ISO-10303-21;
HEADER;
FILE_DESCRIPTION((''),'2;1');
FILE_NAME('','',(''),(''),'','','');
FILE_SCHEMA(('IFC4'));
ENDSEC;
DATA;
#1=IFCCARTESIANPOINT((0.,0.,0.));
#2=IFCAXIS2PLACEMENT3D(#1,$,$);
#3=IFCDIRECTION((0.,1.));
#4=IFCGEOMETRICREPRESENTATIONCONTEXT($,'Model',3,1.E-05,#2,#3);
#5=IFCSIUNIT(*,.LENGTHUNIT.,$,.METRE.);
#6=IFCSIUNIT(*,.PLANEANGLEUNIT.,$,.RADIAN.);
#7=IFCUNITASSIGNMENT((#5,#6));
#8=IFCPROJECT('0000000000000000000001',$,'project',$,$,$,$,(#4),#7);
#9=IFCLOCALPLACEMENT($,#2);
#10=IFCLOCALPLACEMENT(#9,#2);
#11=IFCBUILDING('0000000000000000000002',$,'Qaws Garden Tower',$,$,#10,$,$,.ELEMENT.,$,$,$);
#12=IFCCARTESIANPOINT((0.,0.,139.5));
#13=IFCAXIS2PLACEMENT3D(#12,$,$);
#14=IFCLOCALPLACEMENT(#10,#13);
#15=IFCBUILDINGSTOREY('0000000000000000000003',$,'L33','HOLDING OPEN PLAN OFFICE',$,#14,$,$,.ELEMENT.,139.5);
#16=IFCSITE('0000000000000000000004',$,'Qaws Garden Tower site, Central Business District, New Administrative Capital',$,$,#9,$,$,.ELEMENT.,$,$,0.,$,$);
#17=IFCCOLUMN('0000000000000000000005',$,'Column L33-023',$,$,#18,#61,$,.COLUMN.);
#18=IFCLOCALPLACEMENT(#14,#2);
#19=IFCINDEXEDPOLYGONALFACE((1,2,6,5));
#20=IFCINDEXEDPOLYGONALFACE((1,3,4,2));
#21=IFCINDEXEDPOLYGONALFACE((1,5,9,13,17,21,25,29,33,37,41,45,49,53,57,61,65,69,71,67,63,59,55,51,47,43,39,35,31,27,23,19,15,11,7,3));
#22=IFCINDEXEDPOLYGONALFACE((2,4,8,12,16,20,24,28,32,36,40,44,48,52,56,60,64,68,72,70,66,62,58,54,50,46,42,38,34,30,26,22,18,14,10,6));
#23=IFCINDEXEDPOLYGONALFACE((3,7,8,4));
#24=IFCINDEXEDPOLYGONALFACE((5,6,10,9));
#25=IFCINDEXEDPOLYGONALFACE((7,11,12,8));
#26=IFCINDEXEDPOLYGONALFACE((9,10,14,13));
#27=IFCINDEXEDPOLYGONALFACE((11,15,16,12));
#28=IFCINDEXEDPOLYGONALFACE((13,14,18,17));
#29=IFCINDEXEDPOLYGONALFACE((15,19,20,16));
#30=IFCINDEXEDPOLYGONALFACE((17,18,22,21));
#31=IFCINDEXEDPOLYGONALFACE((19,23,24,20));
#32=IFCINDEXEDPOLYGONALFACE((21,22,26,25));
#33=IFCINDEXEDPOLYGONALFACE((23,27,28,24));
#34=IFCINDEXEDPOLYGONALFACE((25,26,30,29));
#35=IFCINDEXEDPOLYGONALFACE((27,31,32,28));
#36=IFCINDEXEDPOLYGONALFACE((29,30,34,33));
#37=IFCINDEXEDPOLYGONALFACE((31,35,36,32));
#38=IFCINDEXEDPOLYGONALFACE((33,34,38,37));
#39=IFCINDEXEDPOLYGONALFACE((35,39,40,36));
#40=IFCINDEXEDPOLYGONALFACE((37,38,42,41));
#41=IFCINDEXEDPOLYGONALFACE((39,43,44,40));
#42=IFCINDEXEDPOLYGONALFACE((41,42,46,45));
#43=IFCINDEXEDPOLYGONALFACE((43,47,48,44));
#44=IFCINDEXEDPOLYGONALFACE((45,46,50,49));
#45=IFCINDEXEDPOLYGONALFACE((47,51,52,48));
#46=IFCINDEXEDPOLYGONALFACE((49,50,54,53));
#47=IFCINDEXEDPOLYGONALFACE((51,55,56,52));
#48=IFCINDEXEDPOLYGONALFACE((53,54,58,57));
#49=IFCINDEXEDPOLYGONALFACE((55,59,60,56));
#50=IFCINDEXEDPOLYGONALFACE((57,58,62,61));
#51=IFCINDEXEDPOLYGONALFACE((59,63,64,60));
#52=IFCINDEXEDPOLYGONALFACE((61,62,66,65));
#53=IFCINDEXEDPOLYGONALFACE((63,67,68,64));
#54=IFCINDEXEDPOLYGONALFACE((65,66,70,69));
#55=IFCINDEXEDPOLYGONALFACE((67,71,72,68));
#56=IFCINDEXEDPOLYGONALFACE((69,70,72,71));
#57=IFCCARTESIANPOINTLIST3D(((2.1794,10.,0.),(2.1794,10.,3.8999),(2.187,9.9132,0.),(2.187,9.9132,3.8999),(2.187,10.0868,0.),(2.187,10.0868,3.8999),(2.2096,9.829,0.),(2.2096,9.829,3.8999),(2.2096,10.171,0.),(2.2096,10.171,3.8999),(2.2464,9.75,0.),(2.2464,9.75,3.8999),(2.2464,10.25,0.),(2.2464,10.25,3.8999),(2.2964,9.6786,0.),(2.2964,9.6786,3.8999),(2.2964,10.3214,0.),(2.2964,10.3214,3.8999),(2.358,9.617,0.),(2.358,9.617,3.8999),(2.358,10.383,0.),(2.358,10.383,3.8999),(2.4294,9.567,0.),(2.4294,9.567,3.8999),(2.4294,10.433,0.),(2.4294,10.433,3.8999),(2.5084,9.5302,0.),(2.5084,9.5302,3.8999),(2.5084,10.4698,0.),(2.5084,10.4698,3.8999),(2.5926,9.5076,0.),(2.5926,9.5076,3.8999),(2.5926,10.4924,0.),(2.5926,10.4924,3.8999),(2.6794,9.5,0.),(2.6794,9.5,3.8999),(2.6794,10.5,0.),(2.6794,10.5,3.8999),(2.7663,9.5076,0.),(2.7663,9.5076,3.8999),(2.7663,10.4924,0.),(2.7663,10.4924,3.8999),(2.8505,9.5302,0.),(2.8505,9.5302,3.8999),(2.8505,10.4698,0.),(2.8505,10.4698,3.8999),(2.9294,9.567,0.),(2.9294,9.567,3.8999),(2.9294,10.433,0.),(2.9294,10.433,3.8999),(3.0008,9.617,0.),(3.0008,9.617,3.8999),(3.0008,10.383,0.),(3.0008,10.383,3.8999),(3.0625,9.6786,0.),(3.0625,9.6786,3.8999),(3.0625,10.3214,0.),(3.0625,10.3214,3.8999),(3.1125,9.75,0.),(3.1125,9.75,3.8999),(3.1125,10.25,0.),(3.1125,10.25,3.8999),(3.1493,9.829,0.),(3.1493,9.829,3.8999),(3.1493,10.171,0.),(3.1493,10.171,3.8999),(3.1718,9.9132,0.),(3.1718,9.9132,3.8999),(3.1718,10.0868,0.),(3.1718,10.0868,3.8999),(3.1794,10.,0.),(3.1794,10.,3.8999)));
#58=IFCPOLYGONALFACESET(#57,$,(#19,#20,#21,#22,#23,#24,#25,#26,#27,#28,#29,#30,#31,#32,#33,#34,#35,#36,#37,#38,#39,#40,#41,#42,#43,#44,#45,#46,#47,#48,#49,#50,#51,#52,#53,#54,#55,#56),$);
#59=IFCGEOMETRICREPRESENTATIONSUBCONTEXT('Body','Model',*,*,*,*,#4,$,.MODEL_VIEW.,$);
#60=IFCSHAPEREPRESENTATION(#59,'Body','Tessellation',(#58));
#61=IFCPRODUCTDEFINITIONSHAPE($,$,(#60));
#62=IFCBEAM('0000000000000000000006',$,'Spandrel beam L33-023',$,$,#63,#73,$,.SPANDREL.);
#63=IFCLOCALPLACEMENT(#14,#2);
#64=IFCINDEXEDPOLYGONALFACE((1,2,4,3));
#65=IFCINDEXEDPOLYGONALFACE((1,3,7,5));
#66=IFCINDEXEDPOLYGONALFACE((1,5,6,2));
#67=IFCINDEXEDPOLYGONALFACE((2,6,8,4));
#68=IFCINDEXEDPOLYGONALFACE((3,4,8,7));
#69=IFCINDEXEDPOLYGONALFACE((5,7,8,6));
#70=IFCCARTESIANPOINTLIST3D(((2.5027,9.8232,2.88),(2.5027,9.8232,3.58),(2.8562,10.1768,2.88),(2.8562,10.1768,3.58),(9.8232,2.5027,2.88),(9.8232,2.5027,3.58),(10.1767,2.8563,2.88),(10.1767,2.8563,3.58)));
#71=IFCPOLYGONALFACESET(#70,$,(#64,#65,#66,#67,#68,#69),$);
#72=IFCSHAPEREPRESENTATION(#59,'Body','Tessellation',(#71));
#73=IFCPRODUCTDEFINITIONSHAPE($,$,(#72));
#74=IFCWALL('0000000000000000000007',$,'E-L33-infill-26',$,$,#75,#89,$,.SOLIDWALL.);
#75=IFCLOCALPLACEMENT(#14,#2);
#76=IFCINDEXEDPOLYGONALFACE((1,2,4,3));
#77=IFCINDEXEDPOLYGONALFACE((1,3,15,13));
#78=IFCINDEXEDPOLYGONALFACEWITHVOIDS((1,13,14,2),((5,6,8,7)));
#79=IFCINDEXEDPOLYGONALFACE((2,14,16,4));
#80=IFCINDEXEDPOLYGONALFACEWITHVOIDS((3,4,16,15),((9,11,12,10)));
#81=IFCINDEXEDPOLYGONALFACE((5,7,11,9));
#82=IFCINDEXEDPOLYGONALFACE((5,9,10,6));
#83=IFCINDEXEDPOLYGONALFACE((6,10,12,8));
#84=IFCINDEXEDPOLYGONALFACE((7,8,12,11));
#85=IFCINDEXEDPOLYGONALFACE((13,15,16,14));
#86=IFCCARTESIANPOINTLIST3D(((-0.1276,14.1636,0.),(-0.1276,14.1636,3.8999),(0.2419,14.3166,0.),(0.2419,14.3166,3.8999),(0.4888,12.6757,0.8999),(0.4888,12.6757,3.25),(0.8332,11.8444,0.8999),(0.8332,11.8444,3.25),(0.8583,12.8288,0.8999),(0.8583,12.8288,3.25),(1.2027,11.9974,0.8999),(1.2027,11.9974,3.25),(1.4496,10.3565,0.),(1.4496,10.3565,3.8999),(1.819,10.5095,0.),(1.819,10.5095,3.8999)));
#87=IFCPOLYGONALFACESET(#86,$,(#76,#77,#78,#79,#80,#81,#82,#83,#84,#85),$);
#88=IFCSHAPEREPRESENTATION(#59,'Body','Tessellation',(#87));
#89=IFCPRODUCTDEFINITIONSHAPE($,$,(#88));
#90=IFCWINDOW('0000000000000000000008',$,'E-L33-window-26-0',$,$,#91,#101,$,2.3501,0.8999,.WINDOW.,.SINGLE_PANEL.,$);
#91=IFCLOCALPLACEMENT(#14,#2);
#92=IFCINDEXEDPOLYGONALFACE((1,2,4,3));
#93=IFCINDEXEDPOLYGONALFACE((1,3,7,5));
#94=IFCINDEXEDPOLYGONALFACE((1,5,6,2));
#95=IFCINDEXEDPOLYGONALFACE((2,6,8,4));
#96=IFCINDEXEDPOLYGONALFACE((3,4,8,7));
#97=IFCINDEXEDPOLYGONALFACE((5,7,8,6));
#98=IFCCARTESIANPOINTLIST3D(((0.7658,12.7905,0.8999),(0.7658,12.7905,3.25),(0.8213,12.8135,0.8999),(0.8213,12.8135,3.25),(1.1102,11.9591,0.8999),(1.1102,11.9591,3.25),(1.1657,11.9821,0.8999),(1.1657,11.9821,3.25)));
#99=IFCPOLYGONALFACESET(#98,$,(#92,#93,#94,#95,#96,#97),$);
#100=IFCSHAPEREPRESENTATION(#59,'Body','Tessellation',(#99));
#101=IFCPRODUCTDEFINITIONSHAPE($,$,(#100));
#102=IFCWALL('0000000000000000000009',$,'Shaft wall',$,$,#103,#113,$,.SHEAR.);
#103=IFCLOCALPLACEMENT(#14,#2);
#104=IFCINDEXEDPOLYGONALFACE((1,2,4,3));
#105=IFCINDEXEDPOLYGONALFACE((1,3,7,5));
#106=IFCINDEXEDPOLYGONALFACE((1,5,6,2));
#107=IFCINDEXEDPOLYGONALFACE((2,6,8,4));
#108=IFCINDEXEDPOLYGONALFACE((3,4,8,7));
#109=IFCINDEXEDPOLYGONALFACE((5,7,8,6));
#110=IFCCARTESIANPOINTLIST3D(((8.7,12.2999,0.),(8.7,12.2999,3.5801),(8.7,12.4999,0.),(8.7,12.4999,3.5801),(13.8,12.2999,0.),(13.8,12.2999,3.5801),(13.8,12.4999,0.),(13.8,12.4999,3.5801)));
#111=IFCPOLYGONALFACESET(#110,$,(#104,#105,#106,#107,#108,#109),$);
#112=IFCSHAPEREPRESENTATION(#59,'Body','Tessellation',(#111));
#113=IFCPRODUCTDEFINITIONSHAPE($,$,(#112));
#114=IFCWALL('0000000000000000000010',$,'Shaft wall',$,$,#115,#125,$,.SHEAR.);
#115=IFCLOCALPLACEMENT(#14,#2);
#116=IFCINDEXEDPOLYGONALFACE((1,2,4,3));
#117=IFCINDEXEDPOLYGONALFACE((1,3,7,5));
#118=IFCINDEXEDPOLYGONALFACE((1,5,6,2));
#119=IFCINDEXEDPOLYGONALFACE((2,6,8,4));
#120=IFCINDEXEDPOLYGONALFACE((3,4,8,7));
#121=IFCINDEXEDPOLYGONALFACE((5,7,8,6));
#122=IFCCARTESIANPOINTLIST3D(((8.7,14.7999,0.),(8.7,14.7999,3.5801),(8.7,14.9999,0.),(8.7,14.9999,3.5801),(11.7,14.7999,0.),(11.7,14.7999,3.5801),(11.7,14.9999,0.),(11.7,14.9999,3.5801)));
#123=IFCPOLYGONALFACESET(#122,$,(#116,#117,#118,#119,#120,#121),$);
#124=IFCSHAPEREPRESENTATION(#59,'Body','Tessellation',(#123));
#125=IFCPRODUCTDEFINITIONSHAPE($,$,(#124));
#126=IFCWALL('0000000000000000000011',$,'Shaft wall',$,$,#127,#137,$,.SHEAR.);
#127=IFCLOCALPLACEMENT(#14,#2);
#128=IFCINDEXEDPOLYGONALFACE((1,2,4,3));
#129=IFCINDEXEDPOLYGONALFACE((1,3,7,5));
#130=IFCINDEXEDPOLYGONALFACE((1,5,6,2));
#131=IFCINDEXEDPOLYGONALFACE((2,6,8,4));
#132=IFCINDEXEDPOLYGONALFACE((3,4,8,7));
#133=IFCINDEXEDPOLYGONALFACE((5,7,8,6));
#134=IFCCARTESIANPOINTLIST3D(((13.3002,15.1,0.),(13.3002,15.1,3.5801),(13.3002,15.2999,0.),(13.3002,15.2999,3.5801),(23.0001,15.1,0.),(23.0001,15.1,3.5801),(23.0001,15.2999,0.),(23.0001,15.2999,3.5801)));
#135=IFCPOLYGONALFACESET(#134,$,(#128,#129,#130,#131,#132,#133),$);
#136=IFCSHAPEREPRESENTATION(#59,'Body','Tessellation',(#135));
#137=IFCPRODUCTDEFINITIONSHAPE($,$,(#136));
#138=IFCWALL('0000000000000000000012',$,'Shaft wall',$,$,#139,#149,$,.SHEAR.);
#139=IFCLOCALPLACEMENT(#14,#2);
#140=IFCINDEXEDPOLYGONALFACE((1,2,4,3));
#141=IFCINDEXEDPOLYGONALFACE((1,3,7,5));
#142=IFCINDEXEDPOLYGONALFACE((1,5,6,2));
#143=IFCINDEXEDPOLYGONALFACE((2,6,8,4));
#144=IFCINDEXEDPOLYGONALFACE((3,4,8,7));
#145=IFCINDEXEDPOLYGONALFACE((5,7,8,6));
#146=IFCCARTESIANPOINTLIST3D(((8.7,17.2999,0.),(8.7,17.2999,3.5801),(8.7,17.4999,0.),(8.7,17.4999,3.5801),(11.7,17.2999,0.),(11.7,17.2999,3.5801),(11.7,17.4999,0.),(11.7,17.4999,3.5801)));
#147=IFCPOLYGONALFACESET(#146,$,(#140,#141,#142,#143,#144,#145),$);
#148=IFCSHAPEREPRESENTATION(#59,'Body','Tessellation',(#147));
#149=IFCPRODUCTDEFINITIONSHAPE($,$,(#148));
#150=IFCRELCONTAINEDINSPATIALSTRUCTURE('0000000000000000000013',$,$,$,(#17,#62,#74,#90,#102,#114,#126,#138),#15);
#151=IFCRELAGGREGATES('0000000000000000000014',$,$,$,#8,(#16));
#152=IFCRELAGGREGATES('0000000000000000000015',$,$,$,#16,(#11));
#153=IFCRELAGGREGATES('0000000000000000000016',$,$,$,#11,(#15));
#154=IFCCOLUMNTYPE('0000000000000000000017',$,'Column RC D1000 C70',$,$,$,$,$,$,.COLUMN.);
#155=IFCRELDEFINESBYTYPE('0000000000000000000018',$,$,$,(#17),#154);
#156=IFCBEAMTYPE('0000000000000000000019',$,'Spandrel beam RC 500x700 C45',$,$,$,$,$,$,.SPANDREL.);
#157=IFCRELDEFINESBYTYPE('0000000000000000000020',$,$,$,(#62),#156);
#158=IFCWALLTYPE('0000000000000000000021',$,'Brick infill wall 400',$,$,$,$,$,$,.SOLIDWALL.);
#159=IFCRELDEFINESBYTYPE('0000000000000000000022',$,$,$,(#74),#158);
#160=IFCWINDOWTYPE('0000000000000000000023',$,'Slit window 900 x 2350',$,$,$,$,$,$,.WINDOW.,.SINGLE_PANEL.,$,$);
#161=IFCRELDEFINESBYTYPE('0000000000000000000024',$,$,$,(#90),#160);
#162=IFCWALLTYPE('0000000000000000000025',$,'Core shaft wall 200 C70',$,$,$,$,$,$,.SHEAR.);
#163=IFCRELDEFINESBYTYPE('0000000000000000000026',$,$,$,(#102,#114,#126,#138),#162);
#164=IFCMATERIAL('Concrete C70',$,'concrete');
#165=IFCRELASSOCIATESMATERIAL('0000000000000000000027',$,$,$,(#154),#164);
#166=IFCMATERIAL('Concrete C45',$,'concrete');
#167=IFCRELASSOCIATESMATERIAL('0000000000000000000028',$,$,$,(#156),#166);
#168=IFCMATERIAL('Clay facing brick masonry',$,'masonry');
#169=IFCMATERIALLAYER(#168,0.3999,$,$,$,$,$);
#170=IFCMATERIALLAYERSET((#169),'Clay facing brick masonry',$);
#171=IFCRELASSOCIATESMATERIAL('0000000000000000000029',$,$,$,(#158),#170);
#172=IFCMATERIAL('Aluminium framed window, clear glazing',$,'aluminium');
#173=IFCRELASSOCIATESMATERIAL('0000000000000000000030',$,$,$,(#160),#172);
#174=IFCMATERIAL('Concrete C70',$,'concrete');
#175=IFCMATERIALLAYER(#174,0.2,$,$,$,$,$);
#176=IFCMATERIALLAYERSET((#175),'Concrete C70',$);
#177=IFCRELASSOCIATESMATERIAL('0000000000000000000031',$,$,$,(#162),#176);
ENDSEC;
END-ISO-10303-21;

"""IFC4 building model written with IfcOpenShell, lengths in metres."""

from ifc_helpers import new_model, si_unit, direction, frame, frame_2d, origin, origin_2d, place, context, subcontext, project, spatial, rectangle, circle, extrude, material, layer, layer_set, material_profile, profile_set, type_object, element, fill, save


model = new_model("IFC4")

# Units and contexts
model_context = context("Model", 3, precision=1e-05, world=origin(), true_north=direction((0.0, 1.0)))
body_context = subcontext(model_context, "Body", "Model", "MODEL_VIEW")
ifc_project = project(units=[si_unit("LENGTHUNIT", "METRE"), si_unit("PLANEANGLEUNIT", "RADIAN")], contexts=[model_context])

# Site, building, storey
site_placement = place(None, origin())
site = spatial("IfcSite", under=ifc_project, at=site_placement, Name="Qaws Garden Tower site, Central Business District, New Administrative Capital", CompositionType="ELEMENT", RefElevation=0.0)
building_placement = place(site_placement, origin())
building = spatial("IfcBuilding", under=site, at=building_placement, Name="Qaws Garden Tower", CompositionType="ELEMENT")
storey_placement = place(building_placement, frame((0.0, 0.0, 139.5)))
storey = spatial("IfcBuildingStorey", under=building, at=storey_placement, Name="L33", Description="HOLDING OPEN PLAN OFFICE", CompositionType="ELEMENT", Elevation=139.5)

# Column
ifc_material_1 = material(Name="Concrete C70", Category="concrete")
ifc_material_profile_1 = material_profile(ifc_material_1, circle(Radius=0.5, at=origin_2d()), Name="RC D1000")
ifc_profile_set_1 = profile_set([ifc_material_profile_1], Name="Concrete C70")
column_type = type_object("IfcColumnType", Name="Column RC D1000 C70", PredefinedType="COLUMN", material=ifc_profile_set_1)
column_placement = place(storey_placement, frame((2.6794, 10.0, 0.0), z_axis=(0.0, 0.0, 1.0), x_axis=(1.0, 0.0, 0.0)))
element("IfcColumn", 1, at=column_placement, inside=storey, type_object=column_type, Name="Column L33-023", PredefinedType="COLUMN", context=body_context, shape_type="SweptSolid", body=[
    extrude(circle(Radius=0.5, at=origin_2d()), origin(), (0.0, 0.0, 1.0), 3.8999),
])

# Beam
ifc_material_2 = material(Name="Concrete C45", Category="concrete")
ifc_material_profile_2 = material_profile(ifc_material_2, rectangle(XDim=0.5, YDim=0.7, at=origin_2d()), Name="RC 500x700")
ifc_profile_set_2 = profile_set([ifc_material_profile_2], Name="Concrete C45")
beam_type = type_object("IfcBeamType", Name="Spandrel beam RC 500x700 C45", PredefinedType="SPANDREL", material=ifc_profile_set_2)
beam_placement = place(storey_placement, frame((2.6794, 10.0, 3.23), z_axis=(0.707107, -0.707107, 0.0), x_axis=(0.707107, 0.707107, 0.0)))
element("IfcBeam", 2, at=beam_placement, inside=storey, type_object=beam_type, Name="Spandrel beam L33-023", PredefinedType="SPANDREL", context=body_context, shape_type="SweptSolid", body=[
    extrude(rectangle(XDim=0.5, YDim=0.7, at=origin_2d()), origin(), (0.0, 0.0, 1.0), 10.3528),
])

# Wall, opening, window
ifc_material_3 = material(Name="Clay facing brick masonry", Category="masonry")
ifc_layer_1 = layer(ifc_material_3, 0.3999)
ifc_layer_set_1 = layer_set([ifc_layer_1], Name="Clay facing brick masonry")
wall_type_1 = type_object("IfcWallType", Name="Brick infill wall 400", PredefinedType="SOLIDWALL", material=ifc_layer_set_1)
wall_1_placement = place(storey_placement, frame((0.0571, 14.2402, 0.0), z_axis=(0.0, 0.0, 1.0), x_axis=(0.382722, -0.923864, 0.0)))
wall_1 = element("IfcWall", 3, at=wall_1_placement, inside=storey, type_object=wall_type_1, Name="E-L33-infill-26", PredefinedType="SOLIDWALL", context=body_context, shape_type="SweptSolid", body=[
    extrude(rectangle(XDim=4.1208, YDim=0.3999, at=frame_2d((2.0605, 0.0))), origin(), (0.0, 0.0, 1.0), 3.8999),
])
opening_1_placement = place(wall_1_placement, frame((1.6106, 0.0, 0.8999)))
opening_1 = element("IfcOpeningElement", 4, at=opening_1_placement, cuts=wall_1, PredefinedType="OPENING", context=body_context, shape_type="SweptSolid", body=[
    extrude(rectangle(XDim=0.8999, YDim=2.3501, at=frame_2d((0.45, 1.175))), frame((0.0, 0.21, 0.0), z_axis=(0.0, -1.0, 0.0), x_axis=(1.0, 0.0, 0.0)), (0.0, 0.0, 1.0), 0.4199),
])
ifc_material_4 = material(Name="Aluminium framed window, clear glazing", Category="aluminium")
window_type = type_object("IfcWindowType", Name="Slit window 900 x 2350", PartitioningType="SINGLE_PANEL", PredefinedType="WINDOW", material=ifc_material_4)
window_placement = place(opening_1_placement, origin())
window = element("IfcWindow", 5, at=window_placement, inside=storey, type_object=window_type, Name="E-L33-window-26-0", OverallHeight=2.3501, OverallWidth=0.8999, PartitioningType="SINGLE_PANEL", PredefinedType="WINDOW", context=body_context, shape_type="SweptSolid", body=[
    extrude(rectangle(XDim=0.8999, YDim=2.3501, at=frame_2d((0.45, 1.175))), frame((0.0, 0.1599, 0.0), z_axis=(0.0, -1.0, 0.0), x_axis=(1.0, 0.0, 0.0)), (0.0, 0.0, 1.0), 0.0601),
])
fill(opening_1, window)

# Walls
ifc_material_5 = material(Name="Concrete C70", Category="concrete")
ifc_layer_2 = layer(ifc_material_5, 0.2)
ifc_layer_set_2 = layer_set([ifc_layer_2], Name="Concrete C70")
wall_type_2 = type_object("IfcWallType", Name="Core shaft wall 200 C70", PredefinedType="SHEAR", material=ifc_layer_set_2)
wall_2_placement = place(storey_placement, frame((8.7, 12.3999, 0.0), z_axis=(0.0, 0.0, 1.0), x_axis=(1.0, 0.0, 0.0)))
element("IfcWall", 6, at=wall_2_placement, inside=storey, type_object=wall_type_2, Name="Shaft wall", PredefinedType="SHEAR", context=body_context, shape_type="SweptSolid", body=[
    extrude(rectangle(XDim=5.1001, YDim=0.2, at=frame_2d((2.55, 0.0))), origin(), (0.0, 0.0, 1.0), 3.5801),
])
wall_3_placement = place(storey_placement, frame((8.7, 14.8999, 0.0), z_axis=(0.0, 0.0, 1.0), x_axis=(1.0, 0.0, 0.0)))
element("IfcWall", 7, at=wall_3_placement, inside=storey, type_object=wall_type_2, Name="Shaft wall", PredefinedType="SHEAR", context=body_context, shape_type="SweptSolid", body=[
    extrude(rectangle(XDim=3.0, YDim=0.2, at=frame_2d((1.5, 0.0))), origin(), (0.0, 0.0, 1.0), 3.5801),
])
wall_4_placement = place(storey_placement, frame((13.3, 15.2, 0.0), z_axis=(0.0, 0.0, 1.0), x_axis=(1.0, 0.0, 0.0)))
element("IfcWall", 8, at=wall_4_placement, inside=storey, type_object=wall_type_2, Name="Shaft wall", PredefinedType="SHEAR", context=body_context, shape_type="SweptSolid", body=[
    extrude(rectangle(XDim=9.7, YDim=0.2, at=frame_2d((4.8501, 0.0))), origin(), (0.0, 0.0, 1.0), 3.5801),
])
wall_5_placement = place(storey_placement, frame((8.7, 17.3999, 0.0), z_axis=(0.0, 0.0, 1.0), x_axis=(1.0, 0.0, 0.0)))
element("IfcWall", 9, at=wall_5_placement, inside=storey, type_object=wall_type_2, Name="Shaft wall", PredefinedType="SHEAR", context=body_context, shape_type="SweptSolid", body=[
    extrude(rectangle(XDim=3.0, YDim=0.2, at=frame_2d((1.5, 0.0))), origin(), (0.0, 0.0, 1.0), 3.5801),
])

save(model, "model.ifc")
